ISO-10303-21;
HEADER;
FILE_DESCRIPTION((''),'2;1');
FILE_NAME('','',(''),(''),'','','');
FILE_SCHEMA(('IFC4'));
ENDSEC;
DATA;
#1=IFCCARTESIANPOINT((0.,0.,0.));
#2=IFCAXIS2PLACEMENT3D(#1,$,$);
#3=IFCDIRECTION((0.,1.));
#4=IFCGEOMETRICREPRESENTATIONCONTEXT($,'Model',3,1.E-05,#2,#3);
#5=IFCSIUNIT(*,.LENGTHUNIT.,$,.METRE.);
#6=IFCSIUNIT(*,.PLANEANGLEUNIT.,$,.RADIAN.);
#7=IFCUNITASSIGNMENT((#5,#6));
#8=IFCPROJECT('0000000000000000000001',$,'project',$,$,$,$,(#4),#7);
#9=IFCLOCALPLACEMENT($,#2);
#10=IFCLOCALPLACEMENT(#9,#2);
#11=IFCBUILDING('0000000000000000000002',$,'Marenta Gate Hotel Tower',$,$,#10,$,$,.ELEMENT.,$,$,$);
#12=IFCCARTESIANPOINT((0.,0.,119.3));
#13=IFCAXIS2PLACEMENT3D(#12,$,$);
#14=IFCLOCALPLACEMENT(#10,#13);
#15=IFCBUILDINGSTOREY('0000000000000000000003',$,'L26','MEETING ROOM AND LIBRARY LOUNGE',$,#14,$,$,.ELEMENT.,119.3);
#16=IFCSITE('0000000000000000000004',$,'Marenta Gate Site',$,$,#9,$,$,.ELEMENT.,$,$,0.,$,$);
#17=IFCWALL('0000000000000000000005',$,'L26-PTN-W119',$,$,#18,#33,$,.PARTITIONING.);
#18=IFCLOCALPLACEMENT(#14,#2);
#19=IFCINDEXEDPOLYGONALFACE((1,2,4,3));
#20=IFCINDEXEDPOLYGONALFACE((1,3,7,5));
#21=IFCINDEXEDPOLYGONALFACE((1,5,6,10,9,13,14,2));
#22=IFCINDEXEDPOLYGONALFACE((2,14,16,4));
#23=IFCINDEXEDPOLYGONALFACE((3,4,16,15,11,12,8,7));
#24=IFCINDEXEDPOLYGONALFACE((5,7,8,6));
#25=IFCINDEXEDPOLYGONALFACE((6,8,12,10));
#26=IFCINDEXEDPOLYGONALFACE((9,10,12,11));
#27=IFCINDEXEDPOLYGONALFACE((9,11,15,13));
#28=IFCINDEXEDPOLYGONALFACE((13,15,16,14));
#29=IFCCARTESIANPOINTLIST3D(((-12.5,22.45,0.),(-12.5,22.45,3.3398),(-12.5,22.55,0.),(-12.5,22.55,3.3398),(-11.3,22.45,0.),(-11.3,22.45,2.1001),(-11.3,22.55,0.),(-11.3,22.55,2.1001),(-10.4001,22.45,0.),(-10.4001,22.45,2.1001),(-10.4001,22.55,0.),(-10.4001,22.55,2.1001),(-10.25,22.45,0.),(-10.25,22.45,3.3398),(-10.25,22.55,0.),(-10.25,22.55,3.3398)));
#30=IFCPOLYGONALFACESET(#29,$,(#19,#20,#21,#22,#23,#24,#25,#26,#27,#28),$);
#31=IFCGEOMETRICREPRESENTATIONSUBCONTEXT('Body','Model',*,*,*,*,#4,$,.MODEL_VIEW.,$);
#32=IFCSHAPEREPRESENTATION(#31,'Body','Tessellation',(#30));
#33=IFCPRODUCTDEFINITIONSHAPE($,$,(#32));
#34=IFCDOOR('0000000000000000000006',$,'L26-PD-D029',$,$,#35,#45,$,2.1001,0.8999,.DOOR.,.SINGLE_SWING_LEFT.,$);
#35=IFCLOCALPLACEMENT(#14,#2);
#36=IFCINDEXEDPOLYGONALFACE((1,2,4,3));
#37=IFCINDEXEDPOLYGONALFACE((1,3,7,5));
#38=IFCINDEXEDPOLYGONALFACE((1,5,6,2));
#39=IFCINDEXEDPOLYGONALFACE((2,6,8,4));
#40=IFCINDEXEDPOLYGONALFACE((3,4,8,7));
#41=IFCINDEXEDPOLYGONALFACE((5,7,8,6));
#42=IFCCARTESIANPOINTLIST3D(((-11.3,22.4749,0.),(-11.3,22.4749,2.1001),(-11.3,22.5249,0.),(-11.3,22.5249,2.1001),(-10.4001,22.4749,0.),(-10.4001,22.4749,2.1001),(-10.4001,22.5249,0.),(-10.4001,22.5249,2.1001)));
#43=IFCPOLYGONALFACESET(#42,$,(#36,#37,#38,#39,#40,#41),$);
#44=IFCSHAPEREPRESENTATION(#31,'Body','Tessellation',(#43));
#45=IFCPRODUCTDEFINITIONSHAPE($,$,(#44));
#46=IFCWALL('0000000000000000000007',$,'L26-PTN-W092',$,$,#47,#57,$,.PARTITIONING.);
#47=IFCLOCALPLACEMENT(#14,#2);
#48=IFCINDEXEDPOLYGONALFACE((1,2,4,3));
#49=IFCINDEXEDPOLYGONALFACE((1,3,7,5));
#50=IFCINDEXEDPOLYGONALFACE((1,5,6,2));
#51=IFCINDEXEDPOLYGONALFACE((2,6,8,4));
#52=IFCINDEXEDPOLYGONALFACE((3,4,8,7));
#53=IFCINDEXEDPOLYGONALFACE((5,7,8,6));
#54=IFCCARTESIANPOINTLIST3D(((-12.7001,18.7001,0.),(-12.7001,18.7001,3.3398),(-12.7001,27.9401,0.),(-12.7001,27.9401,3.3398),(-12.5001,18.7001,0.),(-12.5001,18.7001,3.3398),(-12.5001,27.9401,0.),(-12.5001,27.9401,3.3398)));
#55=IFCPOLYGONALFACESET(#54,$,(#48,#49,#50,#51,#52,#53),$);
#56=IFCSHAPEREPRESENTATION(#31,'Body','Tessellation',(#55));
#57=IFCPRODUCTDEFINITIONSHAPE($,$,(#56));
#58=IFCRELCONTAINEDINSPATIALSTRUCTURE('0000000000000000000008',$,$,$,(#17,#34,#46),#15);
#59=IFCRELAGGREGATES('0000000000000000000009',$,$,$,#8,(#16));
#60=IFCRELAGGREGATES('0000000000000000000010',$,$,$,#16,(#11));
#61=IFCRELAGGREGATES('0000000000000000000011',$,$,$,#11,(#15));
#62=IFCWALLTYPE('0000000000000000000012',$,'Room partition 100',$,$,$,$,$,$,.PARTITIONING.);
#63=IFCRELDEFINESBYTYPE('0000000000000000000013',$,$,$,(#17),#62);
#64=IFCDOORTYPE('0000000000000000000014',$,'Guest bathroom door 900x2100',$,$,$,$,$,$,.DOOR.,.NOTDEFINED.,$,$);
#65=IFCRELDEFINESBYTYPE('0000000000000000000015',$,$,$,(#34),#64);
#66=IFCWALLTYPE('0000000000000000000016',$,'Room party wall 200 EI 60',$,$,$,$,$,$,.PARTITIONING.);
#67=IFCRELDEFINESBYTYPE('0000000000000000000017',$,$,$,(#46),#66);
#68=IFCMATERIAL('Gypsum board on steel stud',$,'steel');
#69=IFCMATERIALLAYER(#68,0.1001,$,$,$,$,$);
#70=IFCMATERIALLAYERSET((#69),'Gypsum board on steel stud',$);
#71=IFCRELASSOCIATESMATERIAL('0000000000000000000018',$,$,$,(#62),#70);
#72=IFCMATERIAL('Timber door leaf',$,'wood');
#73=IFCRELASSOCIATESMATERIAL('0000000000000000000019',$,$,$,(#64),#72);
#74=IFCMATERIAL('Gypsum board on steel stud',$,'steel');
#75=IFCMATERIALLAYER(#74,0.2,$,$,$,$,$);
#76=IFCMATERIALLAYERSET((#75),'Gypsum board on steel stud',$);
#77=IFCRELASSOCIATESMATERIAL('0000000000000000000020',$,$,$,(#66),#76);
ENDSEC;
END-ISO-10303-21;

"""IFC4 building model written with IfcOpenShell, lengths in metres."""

from ifc_helpers import new_model, si_unit, direction, frame, frame_2d, origin, place, context, subcontext, project, spatial, rectangle, extrude, material, layer, layer_set, type_object, element, fill, save


model = new_model("IFC4")

# Units and contexts
model_context = context("Model", 3, precision=1e-05, world=origin(), true_north=direction((0.0, 1.0)))
body_context = subcontext(model_context, "Body", "Model", "MODEL_VIEW")
ifc_project = project(units=[si_unit("LENGTHUNIT", "METRE"), si_unit("PLANEANGLEUNIT", "RADIAN")], contexts=[model_context])

# Site, building, storey
site_placement = place(None, origin())
site = spatial("IfcSite", under=ifc_project, at=site_placement, Name="Marenta Gate Site", CompositionType="ELEMENT", RefElevation=0.0)
building_placement = place(site_placement, origin())
building = spatial("IfcBuilding", under=site, at=building_placement, Name="Marenta Gate Hotel Tower", CompositionType="ELEMENT")
storey_placement = place(building_placement, frame((0.0, 0.0, 119.3)))
storey = spatial("IfcBuildingStorey", under=building, at=storey_placement, Name="L26", Description="MEETING ROOM AND LIBRARY LOUNGE", CompositionType="ELEMENT", Elevation=119.3)

# Shared definitions
ifc_material_1 = material(Name="Gypsum board on steel stud", Category="steel")
ifc_layer_1 = layer(ifc_material_1, 0.1001)
ifc_layer_set_1 = layer_set([ifc_layer_1], Name="Gypsum board on steel stud")
wall_type_1 = type_object("IfcWallType", Name="Room partition 100", PredefinedType="PARTITIONING", material=ifc_layer_set_1)

# Wall, opening, door
ifc_material_2 = material(Name="Timber door leaf", Category="wood")
door_type_1 = type_object("IfcDoorType", Name="Guest bathroom door 900x2100", OperationType="NOTDEFINED", PredefinedType="DOOR", material=ifc_material_2)
wall_1_placement = place(storey_placement, frame((-12.5, 22.5, 0.0), z_axis=(0.0, 0.0, 1.0), x_axis=(1.0, 0.0, 0.0)))
wall_1 = element("IfcWall", 1, at=wall_1_placement, inside=storey, type_object=wall_type_1, Name="L26-PTN-W119", PredefinedType="PARTITIONING", context=body_context, shape_type="SweptSolid", body=[
    extrude(rectangle(XDim=2.25, YDim=0.1001, at=frame_2d((1.125, 0.0))), origin(), (0.0, 0.0, 1.0), 3.3398),
])
opening_1_placement = place(wall_1_placement, frame((1.2, 0.0, 0.0)))
opening_1 = element("IfcOpeningElement", 2, at=opening_1_placement, cuts=wall_1, PredefinedType="OPENING", context=body_context, shape_type="SweptSolid", body=[
    extrude(rectangle(XDim=0.8999, YDim=2.1001, at=frame_2d((0.45, 1.05))), frame((0.0, 0.05, 0.0), z_axis=(0.0, -1.0, 0.0), x_axis=(1.0, 0.0, 0.0)), (0.0, 0.0, 1.0), 0.1001),
])
door_1_placement = place(opening_1_placement, origin())
door_1 = element("IfcDoor", 3, at=door_1_placement, inside=storey, type_object=door_type_1, Name="L26-PD-D029", OperationType="SINGLE_SWING_LEFT", OverallHeight=2.1001, OverallWidth=0.8999, PredefinedType="DOOR", context=body_context, shape_type="SweptSolid", body=[
    extrude(rectangle(XDim=0.8999, YDim=2.1001, at=frame_2d((0.45, 1.05))), frame((0.0, 0.0249, 0.0), z_axis=(0.0, -1.0, 0.0), x_axis=(1.0, 0.0, 0.0)), (0.0, 0.0, 1.0), 0.05),
])
fill(opening_1, door_1)

# Wall
ifc_material_3 = material(Name="Gypsum board on steel stud", Category="steel")
ifc_layer_2 = layer(ifc_material_3, 0.2)
ifc_layer_set_2 = layer_set([ifc_layer_2], Name="Gypsum board on steel stud")
wall_type_2 = type_object("IfcWallType", Name="Room party wall 200 EI 60", PredefinedType="PARTITIONING", material=ifc_layer_set_2)
wall_2_placement = place(storey_placement, frame((-12.6001, 18.7, 0.0), z_axis=(0.0, 0.0, 1.0), x_axis=(0.0, 1.0, 0.0)))
element("IfcWall", 4, at=wall_2_placement, inside=storey, type_object=wall_type_2, Name="L26-PTN-W092", PredefinedType="PARTITIONING", context=body_context, shape_type="SweptSolid", body=[
    extrude(rectangle(XDim=9.24, YDim=0.2, at=frame_2d((4.6201, 0.0))), origin(), (0.0, 0.0, 1.0), 3.3398),
])

save(model, "model.ifc")
